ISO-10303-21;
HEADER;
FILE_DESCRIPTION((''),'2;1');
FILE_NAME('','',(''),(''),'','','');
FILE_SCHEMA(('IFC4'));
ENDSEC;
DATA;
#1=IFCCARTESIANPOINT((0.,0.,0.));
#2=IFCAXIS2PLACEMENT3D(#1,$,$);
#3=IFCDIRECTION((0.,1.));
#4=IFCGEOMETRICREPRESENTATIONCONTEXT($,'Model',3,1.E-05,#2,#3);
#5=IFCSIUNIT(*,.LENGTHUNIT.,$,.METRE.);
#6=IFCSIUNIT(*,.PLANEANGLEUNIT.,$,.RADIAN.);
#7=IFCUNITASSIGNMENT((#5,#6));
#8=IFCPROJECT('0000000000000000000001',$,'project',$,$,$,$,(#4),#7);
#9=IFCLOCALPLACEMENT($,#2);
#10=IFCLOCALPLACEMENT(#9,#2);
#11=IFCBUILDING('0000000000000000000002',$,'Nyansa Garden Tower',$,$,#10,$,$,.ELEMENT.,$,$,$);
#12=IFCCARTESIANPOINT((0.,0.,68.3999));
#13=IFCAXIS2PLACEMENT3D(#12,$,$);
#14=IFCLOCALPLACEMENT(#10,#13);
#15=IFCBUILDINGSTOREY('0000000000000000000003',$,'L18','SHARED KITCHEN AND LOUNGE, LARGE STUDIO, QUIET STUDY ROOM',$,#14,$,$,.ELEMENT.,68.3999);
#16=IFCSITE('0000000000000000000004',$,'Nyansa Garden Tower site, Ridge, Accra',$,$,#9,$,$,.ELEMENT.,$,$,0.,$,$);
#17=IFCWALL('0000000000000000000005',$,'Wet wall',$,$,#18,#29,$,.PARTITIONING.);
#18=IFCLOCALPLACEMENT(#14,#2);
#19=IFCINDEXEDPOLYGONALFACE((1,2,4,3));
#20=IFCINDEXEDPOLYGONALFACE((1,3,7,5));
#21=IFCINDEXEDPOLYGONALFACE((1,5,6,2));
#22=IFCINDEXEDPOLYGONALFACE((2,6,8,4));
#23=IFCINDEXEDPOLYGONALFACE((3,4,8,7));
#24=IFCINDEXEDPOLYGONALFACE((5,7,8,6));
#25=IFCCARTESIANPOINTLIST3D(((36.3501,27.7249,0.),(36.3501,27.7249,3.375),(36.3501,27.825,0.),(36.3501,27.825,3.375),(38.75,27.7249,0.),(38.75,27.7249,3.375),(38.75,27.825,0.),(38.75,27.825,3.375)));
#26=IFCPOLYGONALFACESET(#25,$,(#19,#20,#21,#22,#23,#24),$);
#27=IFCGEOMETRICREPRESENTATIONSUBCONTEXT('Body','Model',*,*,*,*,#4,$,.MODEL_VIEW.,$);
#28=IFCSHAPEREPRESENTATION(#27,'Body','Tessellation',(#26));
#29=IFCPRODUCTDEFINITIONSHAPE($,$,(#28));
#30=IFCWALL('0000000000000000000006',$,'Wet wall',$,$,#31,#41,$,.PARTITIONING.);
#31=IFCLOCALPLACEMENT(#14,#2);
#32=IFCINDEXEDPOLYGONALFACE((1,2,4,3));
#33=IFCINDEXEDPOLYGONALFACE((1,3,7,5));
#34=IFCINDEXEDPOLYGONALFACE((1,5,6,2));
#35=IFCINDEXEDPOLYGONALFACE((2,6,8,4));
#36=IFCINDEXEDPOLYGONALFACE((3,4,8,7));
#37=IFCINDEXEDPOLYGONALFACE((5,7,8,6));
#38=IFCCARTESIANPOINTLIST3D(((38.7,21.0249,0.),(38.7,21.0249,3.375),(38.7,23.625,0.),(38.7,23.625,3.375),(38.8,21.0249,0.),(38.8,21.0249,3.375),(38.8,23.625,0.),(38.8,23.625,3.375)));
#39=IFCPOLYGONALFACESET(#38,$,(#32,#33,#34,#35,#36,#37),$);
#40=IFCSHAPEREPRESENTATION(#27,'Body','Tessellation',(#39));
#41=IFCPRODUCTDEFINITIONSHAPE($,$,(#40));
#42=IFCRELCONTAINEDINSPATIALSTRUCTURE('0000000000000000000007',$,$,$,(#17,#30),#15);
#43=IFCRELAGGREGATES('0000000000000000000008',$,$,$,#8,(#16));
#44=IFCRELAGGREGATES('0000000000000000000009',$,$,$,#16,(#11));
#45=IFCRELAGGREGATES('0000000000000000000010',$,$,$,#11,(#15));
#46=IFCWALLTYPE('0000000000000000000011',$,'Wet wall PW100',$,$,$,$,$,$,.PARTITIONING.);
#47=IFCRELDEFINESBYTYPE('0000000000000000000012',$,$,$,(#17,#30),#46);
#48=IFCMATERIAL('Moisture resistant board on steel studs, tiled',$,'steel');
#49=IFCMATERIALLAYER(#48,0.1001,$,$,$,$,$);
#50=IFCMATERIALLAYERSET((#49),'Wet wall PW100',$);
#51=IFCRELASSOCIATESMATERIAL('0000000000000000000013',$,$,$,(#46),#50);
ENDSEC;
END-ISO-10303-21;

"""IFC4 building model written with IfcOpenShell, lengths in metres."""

from ifc_helpers import new_model, si_unit, direction, frame, frame_2d, origin, place, context, subcontext, project, spatial, rectangle, extrude, material, layer, layer_set, type_object, element, save


model = new_model("IFC4")

# Units and contexts
model_context = context("Model", 3, precision=1e-05, world=origin(), true_north=direction((0.0, 1.0)))
body_context = subcontext(model_context, "Body", "Model", "MODEL_VIEW")
ifc_project = project(units=[si_unit("LENGTHUNIT", "METRE"), si_unit("PLANEANGLEUNIT", "RADIAN")], contexts=[model_context])

# Site, building, storey
site_placement = place(None, origin())
site = spatial("IfcSite", under=ifc_project, at=site_placement, Name="Nyansa Garden Tower site, Ridge, Accra", CompositionType="ELEMENT", RefElevation=0.0)
building_placement = place(site_placement, origin())
building = spatial("IfcBuilding", under=site, at=building_placement, Name="Nyansa Garden Tower", CompositionType="ELEMENT")
storey_placement = place(building_placement, frame((0.0, 0.0, 68.3999)))
storey = spatial("IfcBuildingStorey", under=building, at=storey_placement, Name="L18", Description="SHARED KITCHEN AND LOUNGE, LARGE STUDIO, QUIET STUDY ROOM", CompositionType="ELEMENT", Elevation=68.3999)

# Walls
ifc_material_1 = material(Name="Moisture resistant board on steel studs, tiled", Category="steel")
ifc_layer_1 = layer(ifc_material_1, 0.1001)
ifc_layer_set_1 = layer_set([ifc_layer_1], Name="Wet wall PW100")
wall_type_1 = type_object("IfcWallType", Name="Wet wall PW100", PredefinedType="PARTITIONING", material=ifc_layer_set_1)
for number, where, z_axis, x_axis, name in (
    (1, (36.3501, 27.7749, 0.0), (0.0, 0.0, 1.0), (1.0, 0.0, 0.0), "Wet wall"),
):
    element("IfcWall", number, at=place(storey_placement, frame(where, z_axis=z_axis, x_axis=x_axis)), inside=storey, type_object=wall_type_1, Name=name, PredefinedType="PARTITIONING", context=body_context, shape_type="SweptSolid", body=[
        extrude(rectangle(XDim=2.3999, YDim=0.1001, at=frame_2d((1.2, 0.0))), origin(), (0.0, 0.0, 1.0), 3.375),
    ])
wall_1_placement = place(storey_placement, frame((38.75, 21.0249, 0.0), z_axis=(0.0, 0.0, 1.0), x_axis=(0.0, 1.0, 0.0)))
element("IfcWall", 2, at=wall_1_placement, inside=storey, type_object=wall_type_1, Name="Wet wall", PredefinedType="PARTITIONING", context=body_context, shape_type="SweptSolid", body=[
    extrude(rectangle(XDim=2.6001, YDim=0.1001, at=frame_2d((1.3, 0.0))), origin(), (0.0, 0.0, 1.0), 3.375),
])

save(model, "model.ifc")
